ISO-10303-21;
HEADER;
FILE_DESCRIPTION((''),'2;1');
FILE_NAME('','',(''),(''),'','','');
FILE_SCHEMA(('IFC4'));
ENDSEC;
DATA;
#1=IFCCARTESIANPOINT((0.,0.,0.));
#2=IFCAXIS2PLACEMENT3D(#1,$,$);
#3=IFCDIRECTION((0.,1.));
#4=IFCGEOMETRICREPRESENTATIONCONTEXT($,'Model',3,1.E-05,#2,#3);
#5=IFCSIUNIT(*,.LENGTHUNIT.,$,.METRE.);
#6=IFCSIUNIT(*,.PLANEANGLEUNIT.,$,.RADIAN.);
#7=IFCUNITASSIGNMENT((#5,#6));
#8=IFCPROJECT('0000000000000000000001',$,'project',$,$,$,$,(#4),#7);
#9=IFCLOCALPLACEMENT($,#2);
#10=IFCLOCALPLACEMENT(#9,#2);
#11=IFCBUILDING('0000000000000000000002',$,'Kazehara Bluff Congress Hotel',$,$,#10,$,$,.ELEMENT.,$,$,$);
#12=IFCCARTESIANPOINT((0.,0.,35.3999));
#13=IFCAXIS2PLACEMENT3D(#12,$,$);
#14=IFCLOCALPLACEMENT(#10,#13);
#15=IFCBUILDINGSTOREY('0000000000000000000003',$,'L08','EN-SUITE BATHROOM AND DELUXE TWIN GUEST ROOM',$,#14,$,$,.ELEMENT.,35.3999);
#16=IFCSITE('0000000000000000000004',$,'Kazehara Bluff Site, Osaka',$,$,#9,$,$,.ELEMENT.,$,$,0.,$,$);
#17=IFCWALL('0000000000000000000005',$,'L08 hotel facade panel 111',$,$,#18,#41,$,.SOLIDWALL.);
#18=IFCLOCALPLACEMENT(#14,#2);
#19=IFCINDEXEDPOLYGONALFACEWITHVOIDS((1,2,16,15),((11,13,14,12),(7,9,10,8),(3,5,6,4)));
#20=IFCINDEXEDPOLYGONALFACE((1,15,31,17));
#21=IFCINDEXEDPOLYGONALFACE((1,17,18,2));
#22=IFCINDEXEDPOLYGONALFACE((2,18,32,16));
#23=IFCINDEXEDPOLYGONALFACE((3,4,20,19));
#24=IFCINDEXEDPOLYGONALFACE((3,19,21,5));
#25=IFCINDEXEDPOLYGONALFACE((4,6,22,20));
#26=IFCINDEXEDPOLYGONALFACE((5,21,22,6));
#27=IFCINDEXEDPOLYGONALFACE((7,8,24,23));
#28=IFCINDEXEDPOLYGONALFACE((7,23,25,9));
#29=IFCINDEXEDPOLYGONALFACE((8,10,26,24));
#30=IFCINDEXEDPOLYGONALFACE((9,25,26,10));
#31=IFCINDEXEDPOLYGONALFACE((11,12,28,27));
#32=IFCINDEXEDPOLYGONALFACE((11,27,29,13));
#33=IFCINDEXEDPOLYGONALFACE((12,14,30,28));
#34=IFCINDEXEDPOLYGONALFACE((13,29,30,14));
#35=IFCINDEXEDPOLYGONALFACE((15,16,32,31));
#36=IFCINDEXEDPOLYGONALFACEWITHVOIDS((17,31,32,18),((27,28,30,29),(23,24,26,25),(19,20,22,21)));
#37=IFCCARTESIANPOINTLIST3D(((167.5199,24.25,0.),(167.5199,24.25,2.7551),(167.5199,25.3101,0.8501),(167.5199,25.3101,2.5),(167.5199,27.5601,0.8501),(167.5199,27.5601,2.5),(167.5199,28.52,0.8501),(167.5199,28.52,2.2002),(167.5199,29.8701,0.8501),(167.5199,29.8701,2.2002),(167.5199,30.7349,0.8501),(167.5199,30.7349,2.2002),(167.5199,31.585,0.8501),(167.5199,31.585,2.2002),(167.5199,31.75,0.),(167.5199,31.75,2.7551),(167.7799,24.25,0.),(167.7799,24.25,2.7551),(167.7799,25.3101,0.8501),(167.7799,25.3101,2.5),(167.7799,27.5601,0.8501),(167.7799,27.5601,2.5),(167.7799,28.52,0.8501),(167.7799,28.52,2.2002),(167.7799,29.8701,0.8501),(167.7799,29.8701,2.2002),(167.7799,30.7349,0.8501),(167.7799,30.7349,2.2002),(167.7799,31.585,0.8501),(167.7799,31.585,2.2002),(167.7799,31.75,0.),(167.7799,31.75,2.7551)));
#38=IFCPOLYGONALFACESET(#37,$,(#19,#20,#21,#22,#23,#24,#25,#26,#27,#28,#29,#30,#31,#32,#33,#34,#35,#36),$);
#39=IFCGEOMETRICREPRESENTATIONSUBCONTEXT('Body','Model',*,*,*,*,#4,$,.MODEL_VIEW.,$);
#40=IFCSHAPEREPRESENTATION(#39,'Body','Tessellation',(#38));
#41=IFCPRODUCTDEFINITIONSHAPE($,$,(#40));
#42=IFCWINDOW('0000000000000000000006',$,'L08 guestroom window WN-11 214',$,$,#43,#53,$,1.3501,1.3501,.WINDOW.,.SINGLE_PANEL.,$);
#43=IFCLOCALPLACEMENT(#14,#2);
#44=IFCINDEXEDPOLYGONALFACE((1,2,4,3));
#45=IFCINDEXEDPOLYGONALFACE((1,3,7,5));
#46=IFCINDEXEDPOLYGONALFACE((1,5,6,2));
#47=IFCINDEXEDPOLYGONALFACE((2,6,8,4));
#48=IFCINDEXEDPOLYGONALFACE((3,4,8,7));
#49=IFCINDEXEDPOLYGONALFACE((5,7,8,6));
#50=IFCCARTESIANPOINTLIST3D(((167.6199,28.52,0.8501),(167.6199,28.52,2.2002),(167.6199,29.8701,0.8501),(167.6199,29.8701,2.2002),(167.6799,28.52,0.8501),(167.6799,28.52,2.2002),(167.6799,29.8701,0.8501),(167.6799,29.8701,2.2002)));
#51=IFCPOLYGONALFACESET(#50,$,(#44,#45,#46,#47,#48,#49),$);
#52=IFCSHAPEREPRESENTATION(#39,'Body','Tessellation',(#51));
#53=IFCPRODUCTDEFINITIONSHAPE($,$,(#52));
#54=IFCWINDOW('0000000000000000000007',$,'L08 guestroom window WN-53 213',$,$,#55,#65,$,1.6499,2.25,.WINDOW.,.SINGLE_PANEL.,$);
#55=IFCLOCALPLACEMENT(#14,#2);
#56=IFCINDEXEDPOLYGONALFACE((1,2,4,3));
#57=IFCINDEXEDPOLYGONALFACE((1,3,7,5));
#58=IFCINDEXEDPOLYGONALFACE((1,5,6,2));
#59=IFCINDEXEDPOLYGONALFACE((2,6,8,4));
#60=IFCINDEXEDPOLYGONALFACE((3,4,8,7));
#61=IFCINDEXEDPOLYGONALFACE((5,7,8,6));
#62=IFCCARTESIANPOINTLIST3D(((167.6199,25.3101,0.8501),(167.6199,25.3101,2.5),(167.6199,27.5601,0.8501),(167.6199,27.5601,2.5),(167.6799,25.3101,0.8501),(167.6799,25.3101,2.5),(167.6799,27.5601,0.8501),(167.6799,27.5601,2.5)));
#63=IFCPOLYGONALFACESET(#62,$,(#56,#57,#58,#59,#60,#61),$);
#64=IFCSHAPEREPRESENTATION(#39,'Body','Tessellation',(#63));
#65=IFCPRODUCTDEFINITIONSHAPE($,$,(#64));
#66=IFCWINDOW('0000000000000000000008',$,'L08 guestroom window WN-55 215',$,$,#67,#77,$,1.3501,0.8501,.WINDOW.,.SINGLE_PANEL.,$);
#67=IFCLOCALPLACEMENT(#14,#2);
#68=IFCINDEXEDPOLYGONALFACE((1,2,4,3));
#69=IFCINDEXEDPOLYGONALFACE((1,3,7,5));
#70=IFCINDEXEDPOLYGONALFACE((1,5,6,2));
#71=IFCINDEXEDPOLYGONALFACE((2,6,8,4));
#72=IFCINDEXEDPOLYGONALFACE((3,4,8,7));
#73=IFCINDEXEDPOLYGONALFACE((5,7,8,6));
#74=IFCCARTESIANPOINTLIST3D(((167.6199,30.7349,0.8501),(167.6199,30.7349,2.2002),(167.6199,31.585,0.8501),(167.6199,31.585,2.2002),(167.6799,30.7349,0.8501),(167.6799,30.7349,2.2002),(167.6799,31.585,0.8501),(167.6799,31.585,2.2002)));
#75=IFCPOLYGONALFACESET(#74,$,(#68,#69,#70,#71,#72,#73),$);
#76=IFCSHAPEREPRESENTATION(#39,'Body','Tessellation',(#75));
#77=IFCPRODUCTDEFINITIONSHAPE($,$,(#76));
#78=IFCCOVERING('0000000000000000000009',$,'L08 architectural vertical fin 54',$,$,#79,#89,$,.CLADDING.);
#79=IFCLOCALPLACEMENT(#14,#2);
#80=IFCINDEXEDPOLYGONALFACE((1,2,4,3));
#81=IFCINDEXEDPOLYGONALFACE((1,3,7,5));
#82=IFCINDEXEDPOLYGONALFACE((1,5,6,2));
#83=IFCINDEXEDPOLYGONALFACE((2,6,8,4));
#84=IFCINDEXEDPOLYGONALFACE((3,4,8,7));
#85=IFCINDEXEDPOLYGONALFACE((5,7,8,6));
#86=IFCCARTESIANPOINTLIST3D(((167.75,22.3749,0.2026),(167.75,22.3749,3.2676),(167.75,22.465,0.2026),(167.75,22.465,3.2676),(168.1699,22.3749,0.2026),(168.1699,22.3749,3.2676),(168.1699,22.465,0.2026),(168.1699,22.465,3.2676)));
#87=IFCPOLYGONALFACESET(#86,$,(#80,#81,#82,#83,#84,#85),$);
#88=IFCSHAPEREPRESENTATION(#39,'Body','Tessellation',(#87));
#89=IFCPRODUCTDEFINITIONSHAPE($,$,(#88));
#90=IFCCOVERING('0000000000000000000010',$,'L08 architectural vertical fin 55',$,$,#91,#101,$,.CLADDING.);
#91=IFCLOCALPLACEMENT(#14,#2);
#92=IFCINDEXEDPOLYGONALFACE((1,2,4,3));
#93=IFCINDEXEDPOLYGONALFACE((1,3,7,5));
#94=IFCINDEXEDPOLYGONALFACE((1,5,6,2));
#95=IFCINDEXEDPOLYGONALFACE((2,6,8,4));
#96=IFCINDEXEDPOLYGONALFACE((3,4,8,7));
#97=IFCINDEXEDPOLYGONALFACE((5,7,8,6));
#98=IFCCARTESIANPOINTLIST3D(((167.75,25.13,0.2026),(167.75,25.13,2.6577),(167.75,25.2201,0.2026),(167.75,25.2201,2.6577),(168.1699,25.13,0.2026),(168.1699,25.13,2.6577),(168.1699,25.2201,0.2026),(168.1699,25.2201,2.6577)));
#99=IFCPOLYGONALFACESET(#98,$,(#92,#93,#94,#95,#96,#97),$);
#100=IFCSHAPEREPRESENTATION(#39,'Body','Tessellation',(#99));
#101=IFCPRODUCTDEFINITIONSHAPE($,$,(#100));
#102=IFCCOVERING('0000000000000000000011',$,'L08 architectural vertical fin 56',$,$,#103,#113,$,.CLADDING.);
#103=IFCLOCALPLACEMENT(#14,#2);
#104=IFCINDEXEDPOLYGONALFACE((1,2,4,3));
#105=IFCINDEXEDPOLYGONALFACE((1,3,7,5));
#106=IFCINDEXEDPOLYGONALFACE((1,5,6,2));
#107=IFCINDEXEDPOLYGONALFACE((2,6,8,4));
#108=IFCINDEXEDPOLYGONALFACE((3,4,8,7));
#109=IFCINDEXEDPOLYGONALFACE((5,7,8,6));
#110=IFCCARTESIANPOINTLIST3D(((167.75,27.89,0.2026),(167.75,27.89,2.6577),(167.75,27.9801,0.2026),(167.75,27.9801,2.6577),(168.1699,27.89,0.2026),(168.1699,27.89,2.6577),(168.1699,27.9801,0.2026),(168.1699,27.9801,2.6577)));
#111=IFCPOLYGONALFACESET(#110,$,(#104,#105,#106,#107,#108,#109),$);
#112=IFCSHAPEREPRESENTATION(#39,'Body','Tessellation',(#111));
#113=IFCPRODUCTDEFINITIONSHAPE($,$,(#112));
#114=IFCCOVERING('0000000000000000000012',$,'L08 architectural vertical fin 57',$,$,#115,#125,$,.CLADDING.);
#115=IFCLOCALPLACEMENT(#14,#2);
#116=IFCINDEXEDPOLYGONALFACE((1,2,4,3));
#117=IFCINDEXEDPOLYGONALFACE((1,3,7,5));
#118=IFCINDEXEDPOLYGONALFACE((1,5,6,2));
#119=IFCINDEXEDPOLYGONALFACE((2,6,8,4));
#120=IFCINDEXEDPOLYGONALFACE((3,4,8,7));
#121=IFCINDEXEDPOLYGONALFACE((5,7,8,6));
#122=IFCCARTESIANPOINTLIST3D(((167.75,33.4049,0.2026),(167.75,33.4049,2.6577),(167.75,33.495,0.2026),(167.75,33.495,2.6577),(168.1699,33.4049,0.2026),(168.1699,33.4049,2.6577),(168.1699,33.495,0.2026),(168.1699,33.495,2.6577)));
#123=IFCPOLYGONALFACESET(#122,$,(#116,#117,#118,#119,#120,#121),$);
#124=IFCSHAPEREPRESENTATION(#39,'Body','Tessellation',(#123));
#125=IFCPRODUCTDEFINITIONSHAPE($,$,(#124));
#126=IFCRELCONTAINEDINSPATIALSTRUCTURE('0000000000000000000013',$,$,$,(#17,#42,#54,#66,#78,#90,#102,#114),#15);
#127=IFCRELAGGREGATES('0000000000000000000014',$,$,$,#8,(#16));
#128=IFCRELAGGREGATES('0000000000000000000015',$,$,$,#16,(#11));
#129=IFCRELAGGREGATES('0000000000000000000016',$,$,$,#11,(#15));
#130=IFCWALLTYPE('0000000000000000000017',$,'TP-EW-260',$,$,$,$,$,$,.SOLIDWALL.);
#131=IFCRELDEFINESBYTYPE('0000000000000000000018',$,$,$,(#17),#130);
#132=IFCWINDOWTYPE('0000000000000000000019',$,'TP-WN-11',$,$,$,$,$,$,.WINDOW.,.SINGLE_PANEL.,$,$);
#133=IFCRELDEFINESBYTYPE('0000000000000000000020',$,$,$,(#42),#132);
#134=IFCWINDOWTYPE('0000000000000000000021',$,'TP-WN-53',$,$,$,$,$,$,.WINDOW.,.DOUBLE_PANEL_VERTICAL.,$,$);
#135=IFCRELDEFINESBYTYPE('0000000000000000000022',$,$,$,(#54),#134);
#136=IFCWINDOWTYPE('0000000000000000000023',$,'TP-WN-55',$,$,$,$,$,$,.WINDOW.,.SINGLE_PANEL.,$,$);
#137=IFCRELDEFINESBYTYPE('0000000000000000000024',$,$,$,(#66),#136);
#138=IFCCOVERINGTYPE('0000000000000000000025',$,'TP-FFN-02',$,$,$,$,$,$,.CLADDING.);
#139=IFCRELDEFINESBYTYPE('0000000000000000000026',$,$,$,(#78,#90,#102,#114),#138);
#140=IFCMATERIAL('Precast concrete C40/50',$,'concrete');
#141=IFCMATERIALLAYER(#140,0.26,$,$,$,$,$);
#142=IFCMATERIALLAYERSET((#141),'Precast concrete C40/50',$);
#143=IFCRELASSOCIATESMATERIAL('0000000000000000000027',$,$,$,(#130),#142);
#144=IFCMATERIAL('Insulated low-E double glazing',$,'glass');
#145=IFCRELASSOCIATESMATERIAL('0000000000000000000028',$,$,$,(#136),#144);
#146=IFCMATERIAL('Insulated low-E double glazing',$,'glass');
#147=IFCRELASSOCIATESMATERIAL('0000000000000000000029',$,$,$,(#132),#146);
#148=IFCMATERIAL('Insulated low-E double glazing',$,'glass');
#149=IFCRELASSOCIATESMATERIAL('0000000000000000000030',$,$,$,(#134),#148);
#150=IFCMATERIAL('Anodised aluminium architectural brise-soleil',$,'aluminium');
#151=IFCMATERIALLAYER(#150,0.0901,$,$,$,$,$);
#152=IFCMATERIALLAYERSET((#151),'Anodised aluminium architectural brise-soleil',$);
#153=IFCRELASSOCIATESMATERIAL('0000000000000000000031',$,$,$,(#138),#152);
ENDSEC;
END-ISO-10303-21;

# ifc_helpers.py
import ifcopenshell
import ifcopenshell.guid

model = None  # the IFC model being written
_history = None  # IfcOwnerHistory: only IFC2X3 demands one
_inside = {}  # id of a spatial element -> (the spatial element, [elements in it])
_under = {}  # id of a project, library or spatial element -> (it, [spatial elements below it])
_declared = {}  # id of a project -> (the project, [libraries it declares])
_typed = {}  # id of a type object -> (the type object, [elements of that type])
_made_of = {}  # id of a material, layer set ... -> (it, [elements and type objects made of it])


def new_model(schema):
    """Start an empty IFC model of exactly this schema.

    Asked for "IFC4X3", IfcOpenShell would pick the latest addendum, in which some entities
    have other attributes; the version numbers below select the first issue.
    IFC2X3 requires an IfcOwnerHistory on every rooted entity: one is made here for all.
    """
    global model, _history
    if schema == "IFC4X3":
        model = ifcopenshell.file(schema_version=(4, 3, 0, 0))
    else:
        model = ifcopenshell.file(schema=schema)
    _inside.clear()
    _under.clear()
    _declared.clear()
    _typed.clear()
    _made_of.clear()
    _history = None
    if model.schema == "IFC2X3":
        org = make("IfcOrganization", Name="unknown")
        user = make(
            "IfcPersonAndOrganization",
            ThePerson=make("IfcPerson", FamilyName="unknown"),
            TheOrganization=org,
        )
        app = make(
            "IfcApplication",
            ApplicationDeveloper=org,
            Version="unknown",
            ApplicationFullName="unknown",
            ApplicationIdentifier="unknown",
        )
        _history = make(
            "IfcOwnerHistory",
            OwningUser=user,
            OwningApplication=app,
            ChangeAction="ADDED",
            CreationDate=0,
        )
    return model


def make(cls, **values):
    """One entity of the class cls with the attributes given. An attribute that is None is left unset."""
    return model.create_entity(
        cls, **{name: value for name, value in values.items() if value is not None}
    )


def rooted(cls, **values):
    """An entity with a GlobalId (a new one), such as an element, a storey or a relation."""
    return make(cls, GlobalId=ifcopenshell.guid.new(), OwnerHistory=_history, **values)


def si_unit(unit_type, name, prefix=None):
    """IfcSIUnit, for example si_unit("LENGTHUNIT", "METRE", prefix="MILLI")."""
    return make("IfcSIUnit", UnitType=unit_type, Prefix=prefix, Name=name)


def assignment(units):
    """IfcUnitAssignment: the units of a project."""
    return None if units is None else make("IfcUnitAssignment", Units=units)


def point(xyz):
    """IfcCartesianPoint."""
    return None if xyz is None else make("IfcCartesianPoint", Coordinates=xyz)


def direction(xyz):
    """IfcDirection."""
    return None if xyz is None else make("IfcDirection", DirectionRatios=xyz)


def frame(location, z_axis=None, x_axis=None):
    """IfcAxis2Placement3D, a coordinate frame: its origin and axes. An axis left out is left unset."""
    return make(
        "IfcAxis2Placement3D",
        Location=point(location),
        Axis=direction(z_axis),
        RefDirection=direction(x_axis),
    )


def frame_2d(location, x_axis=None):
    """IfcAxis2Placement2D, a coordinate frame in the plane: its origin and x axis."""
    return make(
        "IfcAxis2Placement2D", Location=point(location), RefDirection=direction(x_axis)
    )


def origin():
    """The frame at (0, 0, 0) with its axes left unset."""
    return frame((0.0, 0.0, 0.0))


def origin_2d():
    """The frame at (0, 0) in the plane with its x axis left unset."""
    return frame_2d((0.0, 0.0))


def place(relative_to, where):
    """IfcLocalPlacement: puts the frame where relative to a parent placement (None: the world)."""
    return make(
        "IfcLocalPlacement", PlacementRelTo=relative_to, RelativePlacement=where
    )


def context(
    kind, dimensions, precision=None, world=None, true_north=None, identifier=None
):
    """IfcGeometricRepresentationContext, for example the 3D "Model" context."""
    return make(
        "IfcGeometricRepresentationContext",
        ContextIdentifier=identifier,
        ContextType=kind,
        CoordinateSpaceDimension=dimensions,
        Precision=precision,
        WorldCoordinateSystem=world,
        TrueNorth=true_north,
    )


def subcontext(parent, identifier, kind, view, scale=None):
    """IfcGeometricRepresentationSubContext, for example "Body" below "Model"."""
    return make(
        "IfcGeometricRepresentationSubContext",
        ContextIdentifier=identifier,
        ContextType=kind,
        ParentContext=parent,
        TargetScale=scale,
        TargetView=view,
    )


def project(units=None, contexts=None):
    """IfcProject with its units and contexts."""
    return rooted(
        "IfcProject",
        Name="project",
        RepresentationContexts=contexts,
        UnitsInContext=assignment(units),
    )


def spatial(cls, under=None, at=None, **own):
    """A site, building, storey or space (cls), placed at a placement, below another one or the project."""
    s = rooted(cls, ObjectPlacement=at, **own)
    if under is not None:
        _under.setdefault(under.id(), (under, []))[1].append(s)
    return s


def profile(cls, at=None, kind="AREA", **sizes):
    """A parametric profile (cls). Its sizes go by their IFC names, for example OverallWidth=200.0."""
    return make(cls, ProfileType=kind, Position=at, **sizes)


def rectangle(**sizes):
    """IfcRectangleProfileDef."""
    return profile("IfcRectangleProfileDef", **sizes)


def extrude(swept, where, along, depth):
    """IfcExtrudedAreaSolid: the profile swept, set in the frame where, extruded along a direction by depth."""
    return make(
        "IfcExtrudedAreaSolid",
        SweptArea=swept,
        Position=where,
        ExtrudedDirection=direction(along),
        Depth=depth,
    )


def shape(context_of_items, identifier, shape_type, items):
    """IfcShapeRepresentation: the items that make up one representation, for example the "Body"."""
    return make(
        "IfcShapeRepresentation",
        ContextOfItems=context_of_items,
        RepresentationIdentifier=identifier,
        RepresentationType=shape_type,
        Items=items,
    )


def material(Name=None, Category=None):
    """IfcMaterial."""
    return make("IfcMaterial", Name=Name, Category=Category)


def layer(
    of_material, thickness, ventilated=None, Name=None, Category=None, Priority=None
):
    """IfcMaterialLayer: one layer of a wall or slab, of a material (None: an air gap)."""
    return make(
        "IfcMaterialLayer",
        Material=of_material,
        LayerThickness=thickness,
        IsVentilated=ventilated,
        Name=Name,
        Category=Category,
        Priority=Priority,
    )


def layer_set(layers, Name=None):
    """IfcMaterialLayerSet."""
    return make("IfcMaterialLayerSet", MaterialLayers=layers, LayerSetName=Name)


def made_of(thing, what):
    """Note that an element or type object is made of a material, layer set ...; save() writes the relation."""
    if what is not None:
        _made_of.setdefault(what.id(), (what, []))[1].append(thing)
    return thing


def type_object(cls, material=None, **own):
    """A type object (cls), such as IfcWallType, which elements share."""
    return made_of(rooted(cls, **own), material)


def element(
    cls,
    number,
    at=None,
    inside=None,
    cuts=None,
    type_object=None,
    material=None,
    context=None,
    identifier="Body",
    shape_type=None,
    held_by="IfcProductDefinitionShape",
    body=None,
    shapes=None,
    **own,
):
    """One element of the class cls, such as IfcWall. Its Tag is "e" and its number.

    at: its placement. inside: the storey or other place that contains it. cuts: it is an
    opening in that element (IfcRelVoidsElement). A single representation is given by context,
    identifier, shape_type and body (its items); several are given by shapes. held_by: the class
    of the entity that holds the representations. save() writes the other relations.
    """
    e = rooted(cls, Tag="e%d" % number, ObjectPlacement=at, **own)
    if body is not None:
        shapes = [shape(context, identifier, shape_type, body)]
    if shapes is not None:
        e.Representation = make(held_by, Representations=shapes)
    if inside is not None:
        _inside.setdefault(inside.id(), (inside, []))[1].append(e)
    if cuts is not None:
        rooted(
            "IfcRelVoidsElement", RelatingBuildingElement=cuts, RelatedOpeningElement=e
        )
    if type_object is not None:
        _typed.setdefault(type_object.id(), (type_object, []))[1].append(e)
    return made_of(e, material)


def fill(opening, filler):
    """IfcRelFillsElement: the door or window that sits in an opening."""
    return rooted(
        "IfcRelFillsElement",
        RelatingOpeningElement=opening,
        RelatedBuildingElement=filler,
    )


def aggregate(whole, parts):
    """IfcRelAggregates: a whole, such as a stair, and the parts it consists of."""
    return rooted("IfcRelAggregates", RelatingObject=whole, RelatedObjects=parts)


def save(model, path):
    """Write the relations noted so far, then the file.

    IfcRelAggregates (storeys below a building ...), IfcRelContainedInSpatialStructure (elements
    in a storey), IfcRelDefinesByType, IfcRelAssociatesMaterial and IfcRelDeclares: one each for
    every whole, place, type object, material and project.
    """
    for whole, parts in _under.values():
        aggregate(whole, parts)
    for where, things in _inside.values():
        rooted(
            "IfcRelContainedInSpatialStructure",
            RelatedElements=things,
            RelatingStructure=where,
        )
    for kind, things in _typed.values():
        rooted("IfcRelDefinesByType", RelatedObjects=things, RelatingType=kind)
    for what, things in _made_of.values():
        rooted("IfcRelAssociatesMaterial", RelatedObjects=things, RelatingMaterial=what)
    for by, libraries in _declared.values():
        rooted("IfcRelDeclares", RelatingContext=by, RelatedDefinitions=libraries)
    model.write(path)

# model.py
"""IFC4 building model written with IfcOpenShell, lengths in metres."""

from ifc_helpers import new_model, si_unit, direction, frame, frame_2d, origin, origin_2d, place, context, subcontext, project, spatial, rectangle, extrude, material, layer, layer_set, type_object, element, fill, save


model = new_model("IFC4")

# Units and contexts
model_context = context("Model", 3, precision=1e-05, world=origin(), true_north=direction((0.0, 1.0)))
body_context = subcontext(model_context, "Body", "Model", "MODEL_VIEW")
ifc_project = project(units=[si_unit("LENGTHUNIT", "METRE"), si_unit("PLANEANGLEUNIT", "RADIAN")], contexts=[model_context])

# Site, building, storey
site_placement = place(None, origin())
site = spatial("IfcSite", under=ifc_project, at=site_placement, Name="Kazehara Bluff Site, Osaka", CompositionType="ELEMENT", RefElevation=0.0)
building_placement = place(site_placement, origin())
building = spatial("IfcBuilding", under=site, at=building_placement, Name="Kazehara Bluff Congress Hotel", CompositionType="ELEMENT")
storey_placement = place(building_placement, frame((0.0, 0.0, 35.3999)))
storey = spatial("IfcBuildingStorey", under=building, at=storey_placement, Name="L08", Description="EN-SUITE BATHROOM AND DELUXE TWIN GUEST ROOM", CompositionType="ELEMENT", Elevation=35.3999)

# Shared definitions
ifc_material_1 = material(Name="Precast concrete C40/50", Category="concrete")
ifc_layer_1 = layer(ifc_material_1, 0.26)
ifc_layer_set_1 = layer_set([ifc_layer_1], Name="Precast concrete C40/50")
wall_type_1 = type_object("IfcWallType", Name="TP-EW-260", PredefinedType="SOLIDWALL", material=ifc_layer_set_1)
ifc_material_2 = material(Name="Insulated low-E double glazing", Category="glass")
window_type_1 = type_object("IfcWindowType", Name="TP-WN-55", PartitioningType="SINGLE_PANEL", PredefinedType="WINDOW", material=ifc_material_2)

# Wall, openings, windows
wall_1_placement = place(storey_placement, frame((167.6499, 31.75, 0.0), z_axis=(0.0, 0.0, 1.0), x_axis=(0.0, -1.0, 0.0)))
wall_1 = element("IfcWall", 1, at=wall_1_placement, inside=storey, type_object=wall_type_1, Name="L08 hotel facade panel 111", PredefinedType="SOLIDWALL", context=body_context, shape_type="SweptSolid", body=[
    extrude(rectangle(XDim=7.5, YDim=0.26, at=frame_2d((3.75, 0.0))), origin(), (0.0, 0.0, 1.0), 2.7551),
])
opening_1_placement = place(wall_1_placement, frame((4.1899, 0.0, 0.8501)))
opening_1 = element("IfcOpeningElement", 2, at=opening_1_placement, cuts=wall_1, PredefinedType="OPENING", context=body_context, shape_type="SweptSolid", body=[
    extrude(rectangle(XDim=2.25, YDim=1.6499, at=frame_2d((1.125, 0.825))), frame((0.0, 0.1399, 0.0), z_axis=(0.0, -1.0, 0.0), x_axis=(1.0, 0.0, 0.0)), (0.0, 0.0, 1.0), 0.28),
])
opening_2_placement = place(wall_1_placement, frame((1.8799, 0.0, 0.8501)))
opening_2 = element("IfcOpeningElement", 3, at=opening_2_placement, cuts=wall_1, PredefinedType="OPENING", context=body_context, shape_type="SweptSolid", body=[
    extrude(rectangle(XDim=1.3501, YDim=1.3501, at=frame_2d((0.675, 0.675))), frame((0.0, 0.1399, 0.0), z_axis=(0.0, -1.0, 0.0), x_axis=(1.0, 0.0, 0.0)), (0.0, 0.0, 1.0), 0.28),
])
opening_3_placement = place(wall_1_placement, frame((0.165, 0.0, 0.8501)))
opening_3 = element("IfcOpeningElement", 4, at=opening_3_placement, cuts=wall_1, PredefinedType="OPENING", context=body_context, shape_type="SweptSolid", body=[
    extrude(rectangle(XDim=0.8501, YDim=1.3501, at=frame_2d((0.425, 0.675))), frame((0.0, 0.1399, 0.0), z_axis=(0.0, -1.0, 0.0), x_axis=(1.0, 0.0, 0.0)), (0.0, 0.0, 1.0), 0.28),
])
ifc_material_3 = material(Name="Insulated low-E double glazing", Category="glass")
window_type_2 = type_object("IfcWindowType", Name="TP-WN-11", PartitioningType="SINGLE_PANEL", PredefinedType="WINDOW", material=ifc_material_3)
window_1_placement = place(opening_2_placement, origin())
window_1 = element("IfcWindow", 5, at=window_1_placement, inside=storey, type_object=window_type_2, Name="L08 guestroom window WN-11 214", OverallHeight=1.3501, OverallWidth=1.3501, PartitioningType="SINGLE_PANEL", PredefinedType="WINDOW", context=body_context, shape_type="SweptSolid", body=[
    extrude(rectangle(XDim=1.3501, YDim=1.3501, at=frame_2d((0.675, 0.675))), frame((0.0, 0.03, 0.0), z_axis=(0.0, -1.0, 0.0), x_axis=(1.0, 0.0, 0.0)), (0.0, 0.0, 1.0), 0.0601),
])
fill(opening_2, window_1)
ifc_material_4 = material(Name="Insulated low-E double glazing", Category="glass")
window_type_3 = type_object("IfcWindowType", Name="TP-WN-53", PartitioningType="DOUBLE_PANEL_VERTICAL", PredefinedType="WINDOW", material=ifc_material_4)
window_2_placement = place(opening_1_placement, origin())
window_2 = element("IfcWindow", 6, at=window_2_placement, inside=storey, type_object=window_type_3, Name="L08 guestroom window WN-53 213", OverallHeight=1.6499, OverallWidth=2.25, PartitioningType="SINGLE_PANEL", PredefinedType="WINDOW", context=body_context, shape_type="SweptSolid", body=[
    extrude(rectangle(XDim=2.25, YDim=1.6499, at=frame_2d((1.125, 0.825))), frame((0.0, 0.03, 0.0), z_axis=(0.0, -1.0, 0.0), x_axis=(1.0, 0.0, 0.0)), (0.0, 0.0, 1.0), 0.0601),
])
fill(opening_1, window_2)
window_3_placement = place(opening_3_placement, origin())
window_3 = element("IfcWindow", 7, at=window_3_placement, inside=storey, type_object=window_type_1, Name="L08 guestroom window WN-55 215", OverallHeight=1.3501, OverallWidth=0.8501, PartitioningType="SINGLE_PANEL", PredefinedType="WINDOW", context=body_context, shape_type="SweptSolid", body=[
    extrude(rectangle(XDim=0.8501, YDim=1.3501, at=frame_2d((0.425, 0.675))), frame((0.0, 0.03, 0.0), z_axis=(0.0, -1.0, 0.0), x_axis=(1.0, 0.0, 0.0)), (0.0, 0.0, 1.0), 0.0601),
])
fill(opening_3, window_3)

# Coverings
ifc_material_5 = material(Name="Anodised aluminium architectural brise-soleil", Category="aluminium")
ifc_layer_2 = layer(ifc_material_5, 0.0901)
ifc_layer_set_2 = layer_set([ifc_layer_2], Name="Anodised aluminium architectural brise-soleil")
covering_type = type_object("IfcCoveringType", Name="TP-FFN-02", PredefinedType="CLADDING", material=ifc_layer_set_2)
covering_placement = place(storey_placement, frame((167.96, 22.4199, 0.2026), z_axis=(0.0, 0.0, 1.0), x_axis=(1.0, 0.0, 0.0)))
element("IfcCovering", 8, at=covering_placement, inside=storey, type_object=covering_type, Name="L08 architectural vertical fin 54", PredefinedType="CLADDING", context=body_context, shape_type="SweptSolid", body=[
    extrude(rectangle(XDim=0.4199, YDim=0.0901, at=origin_2d()), origin(), (0.0, 0.0, 1.0), 3.0649),
])
for number, where, z_axis, x_axis, name in (
    (9, (167.96, 25.175, 0.2026), (0.0, 0.0, 1.0), (1.0, 0.0, 0.0), "L08 architectural vertical fin 55"),
    (10, (167.96, 27.9351, 0.2026), (0.0, 0.0, 1.0), (1.0, 0.0, 0.0), "L08 architectural vertical fin 56"),
    (11, (167.96, 33.45, 0.2026), (0.0, 0.0, 1.0), (1.0, 0.0, 0.0), "L08 architectural vertical fin 57"),
):
    element("IfcCovering", number, at=place(storey_placement, frame(where, z_axis=z_axis, x_axis=x_axis)), inside=storey, type_object=covering_type, Name=name, PredefinedType="CLADDING", context=body_context, shape_type="SweptSolid", body=[
        extrude(rectangle(XDim=0.4199, YDim=0.0901, at=origin_2d()), origin(), (0.0, 0.0, 1.0), 2.4551),
    ])

save(model, "model.ifc")
